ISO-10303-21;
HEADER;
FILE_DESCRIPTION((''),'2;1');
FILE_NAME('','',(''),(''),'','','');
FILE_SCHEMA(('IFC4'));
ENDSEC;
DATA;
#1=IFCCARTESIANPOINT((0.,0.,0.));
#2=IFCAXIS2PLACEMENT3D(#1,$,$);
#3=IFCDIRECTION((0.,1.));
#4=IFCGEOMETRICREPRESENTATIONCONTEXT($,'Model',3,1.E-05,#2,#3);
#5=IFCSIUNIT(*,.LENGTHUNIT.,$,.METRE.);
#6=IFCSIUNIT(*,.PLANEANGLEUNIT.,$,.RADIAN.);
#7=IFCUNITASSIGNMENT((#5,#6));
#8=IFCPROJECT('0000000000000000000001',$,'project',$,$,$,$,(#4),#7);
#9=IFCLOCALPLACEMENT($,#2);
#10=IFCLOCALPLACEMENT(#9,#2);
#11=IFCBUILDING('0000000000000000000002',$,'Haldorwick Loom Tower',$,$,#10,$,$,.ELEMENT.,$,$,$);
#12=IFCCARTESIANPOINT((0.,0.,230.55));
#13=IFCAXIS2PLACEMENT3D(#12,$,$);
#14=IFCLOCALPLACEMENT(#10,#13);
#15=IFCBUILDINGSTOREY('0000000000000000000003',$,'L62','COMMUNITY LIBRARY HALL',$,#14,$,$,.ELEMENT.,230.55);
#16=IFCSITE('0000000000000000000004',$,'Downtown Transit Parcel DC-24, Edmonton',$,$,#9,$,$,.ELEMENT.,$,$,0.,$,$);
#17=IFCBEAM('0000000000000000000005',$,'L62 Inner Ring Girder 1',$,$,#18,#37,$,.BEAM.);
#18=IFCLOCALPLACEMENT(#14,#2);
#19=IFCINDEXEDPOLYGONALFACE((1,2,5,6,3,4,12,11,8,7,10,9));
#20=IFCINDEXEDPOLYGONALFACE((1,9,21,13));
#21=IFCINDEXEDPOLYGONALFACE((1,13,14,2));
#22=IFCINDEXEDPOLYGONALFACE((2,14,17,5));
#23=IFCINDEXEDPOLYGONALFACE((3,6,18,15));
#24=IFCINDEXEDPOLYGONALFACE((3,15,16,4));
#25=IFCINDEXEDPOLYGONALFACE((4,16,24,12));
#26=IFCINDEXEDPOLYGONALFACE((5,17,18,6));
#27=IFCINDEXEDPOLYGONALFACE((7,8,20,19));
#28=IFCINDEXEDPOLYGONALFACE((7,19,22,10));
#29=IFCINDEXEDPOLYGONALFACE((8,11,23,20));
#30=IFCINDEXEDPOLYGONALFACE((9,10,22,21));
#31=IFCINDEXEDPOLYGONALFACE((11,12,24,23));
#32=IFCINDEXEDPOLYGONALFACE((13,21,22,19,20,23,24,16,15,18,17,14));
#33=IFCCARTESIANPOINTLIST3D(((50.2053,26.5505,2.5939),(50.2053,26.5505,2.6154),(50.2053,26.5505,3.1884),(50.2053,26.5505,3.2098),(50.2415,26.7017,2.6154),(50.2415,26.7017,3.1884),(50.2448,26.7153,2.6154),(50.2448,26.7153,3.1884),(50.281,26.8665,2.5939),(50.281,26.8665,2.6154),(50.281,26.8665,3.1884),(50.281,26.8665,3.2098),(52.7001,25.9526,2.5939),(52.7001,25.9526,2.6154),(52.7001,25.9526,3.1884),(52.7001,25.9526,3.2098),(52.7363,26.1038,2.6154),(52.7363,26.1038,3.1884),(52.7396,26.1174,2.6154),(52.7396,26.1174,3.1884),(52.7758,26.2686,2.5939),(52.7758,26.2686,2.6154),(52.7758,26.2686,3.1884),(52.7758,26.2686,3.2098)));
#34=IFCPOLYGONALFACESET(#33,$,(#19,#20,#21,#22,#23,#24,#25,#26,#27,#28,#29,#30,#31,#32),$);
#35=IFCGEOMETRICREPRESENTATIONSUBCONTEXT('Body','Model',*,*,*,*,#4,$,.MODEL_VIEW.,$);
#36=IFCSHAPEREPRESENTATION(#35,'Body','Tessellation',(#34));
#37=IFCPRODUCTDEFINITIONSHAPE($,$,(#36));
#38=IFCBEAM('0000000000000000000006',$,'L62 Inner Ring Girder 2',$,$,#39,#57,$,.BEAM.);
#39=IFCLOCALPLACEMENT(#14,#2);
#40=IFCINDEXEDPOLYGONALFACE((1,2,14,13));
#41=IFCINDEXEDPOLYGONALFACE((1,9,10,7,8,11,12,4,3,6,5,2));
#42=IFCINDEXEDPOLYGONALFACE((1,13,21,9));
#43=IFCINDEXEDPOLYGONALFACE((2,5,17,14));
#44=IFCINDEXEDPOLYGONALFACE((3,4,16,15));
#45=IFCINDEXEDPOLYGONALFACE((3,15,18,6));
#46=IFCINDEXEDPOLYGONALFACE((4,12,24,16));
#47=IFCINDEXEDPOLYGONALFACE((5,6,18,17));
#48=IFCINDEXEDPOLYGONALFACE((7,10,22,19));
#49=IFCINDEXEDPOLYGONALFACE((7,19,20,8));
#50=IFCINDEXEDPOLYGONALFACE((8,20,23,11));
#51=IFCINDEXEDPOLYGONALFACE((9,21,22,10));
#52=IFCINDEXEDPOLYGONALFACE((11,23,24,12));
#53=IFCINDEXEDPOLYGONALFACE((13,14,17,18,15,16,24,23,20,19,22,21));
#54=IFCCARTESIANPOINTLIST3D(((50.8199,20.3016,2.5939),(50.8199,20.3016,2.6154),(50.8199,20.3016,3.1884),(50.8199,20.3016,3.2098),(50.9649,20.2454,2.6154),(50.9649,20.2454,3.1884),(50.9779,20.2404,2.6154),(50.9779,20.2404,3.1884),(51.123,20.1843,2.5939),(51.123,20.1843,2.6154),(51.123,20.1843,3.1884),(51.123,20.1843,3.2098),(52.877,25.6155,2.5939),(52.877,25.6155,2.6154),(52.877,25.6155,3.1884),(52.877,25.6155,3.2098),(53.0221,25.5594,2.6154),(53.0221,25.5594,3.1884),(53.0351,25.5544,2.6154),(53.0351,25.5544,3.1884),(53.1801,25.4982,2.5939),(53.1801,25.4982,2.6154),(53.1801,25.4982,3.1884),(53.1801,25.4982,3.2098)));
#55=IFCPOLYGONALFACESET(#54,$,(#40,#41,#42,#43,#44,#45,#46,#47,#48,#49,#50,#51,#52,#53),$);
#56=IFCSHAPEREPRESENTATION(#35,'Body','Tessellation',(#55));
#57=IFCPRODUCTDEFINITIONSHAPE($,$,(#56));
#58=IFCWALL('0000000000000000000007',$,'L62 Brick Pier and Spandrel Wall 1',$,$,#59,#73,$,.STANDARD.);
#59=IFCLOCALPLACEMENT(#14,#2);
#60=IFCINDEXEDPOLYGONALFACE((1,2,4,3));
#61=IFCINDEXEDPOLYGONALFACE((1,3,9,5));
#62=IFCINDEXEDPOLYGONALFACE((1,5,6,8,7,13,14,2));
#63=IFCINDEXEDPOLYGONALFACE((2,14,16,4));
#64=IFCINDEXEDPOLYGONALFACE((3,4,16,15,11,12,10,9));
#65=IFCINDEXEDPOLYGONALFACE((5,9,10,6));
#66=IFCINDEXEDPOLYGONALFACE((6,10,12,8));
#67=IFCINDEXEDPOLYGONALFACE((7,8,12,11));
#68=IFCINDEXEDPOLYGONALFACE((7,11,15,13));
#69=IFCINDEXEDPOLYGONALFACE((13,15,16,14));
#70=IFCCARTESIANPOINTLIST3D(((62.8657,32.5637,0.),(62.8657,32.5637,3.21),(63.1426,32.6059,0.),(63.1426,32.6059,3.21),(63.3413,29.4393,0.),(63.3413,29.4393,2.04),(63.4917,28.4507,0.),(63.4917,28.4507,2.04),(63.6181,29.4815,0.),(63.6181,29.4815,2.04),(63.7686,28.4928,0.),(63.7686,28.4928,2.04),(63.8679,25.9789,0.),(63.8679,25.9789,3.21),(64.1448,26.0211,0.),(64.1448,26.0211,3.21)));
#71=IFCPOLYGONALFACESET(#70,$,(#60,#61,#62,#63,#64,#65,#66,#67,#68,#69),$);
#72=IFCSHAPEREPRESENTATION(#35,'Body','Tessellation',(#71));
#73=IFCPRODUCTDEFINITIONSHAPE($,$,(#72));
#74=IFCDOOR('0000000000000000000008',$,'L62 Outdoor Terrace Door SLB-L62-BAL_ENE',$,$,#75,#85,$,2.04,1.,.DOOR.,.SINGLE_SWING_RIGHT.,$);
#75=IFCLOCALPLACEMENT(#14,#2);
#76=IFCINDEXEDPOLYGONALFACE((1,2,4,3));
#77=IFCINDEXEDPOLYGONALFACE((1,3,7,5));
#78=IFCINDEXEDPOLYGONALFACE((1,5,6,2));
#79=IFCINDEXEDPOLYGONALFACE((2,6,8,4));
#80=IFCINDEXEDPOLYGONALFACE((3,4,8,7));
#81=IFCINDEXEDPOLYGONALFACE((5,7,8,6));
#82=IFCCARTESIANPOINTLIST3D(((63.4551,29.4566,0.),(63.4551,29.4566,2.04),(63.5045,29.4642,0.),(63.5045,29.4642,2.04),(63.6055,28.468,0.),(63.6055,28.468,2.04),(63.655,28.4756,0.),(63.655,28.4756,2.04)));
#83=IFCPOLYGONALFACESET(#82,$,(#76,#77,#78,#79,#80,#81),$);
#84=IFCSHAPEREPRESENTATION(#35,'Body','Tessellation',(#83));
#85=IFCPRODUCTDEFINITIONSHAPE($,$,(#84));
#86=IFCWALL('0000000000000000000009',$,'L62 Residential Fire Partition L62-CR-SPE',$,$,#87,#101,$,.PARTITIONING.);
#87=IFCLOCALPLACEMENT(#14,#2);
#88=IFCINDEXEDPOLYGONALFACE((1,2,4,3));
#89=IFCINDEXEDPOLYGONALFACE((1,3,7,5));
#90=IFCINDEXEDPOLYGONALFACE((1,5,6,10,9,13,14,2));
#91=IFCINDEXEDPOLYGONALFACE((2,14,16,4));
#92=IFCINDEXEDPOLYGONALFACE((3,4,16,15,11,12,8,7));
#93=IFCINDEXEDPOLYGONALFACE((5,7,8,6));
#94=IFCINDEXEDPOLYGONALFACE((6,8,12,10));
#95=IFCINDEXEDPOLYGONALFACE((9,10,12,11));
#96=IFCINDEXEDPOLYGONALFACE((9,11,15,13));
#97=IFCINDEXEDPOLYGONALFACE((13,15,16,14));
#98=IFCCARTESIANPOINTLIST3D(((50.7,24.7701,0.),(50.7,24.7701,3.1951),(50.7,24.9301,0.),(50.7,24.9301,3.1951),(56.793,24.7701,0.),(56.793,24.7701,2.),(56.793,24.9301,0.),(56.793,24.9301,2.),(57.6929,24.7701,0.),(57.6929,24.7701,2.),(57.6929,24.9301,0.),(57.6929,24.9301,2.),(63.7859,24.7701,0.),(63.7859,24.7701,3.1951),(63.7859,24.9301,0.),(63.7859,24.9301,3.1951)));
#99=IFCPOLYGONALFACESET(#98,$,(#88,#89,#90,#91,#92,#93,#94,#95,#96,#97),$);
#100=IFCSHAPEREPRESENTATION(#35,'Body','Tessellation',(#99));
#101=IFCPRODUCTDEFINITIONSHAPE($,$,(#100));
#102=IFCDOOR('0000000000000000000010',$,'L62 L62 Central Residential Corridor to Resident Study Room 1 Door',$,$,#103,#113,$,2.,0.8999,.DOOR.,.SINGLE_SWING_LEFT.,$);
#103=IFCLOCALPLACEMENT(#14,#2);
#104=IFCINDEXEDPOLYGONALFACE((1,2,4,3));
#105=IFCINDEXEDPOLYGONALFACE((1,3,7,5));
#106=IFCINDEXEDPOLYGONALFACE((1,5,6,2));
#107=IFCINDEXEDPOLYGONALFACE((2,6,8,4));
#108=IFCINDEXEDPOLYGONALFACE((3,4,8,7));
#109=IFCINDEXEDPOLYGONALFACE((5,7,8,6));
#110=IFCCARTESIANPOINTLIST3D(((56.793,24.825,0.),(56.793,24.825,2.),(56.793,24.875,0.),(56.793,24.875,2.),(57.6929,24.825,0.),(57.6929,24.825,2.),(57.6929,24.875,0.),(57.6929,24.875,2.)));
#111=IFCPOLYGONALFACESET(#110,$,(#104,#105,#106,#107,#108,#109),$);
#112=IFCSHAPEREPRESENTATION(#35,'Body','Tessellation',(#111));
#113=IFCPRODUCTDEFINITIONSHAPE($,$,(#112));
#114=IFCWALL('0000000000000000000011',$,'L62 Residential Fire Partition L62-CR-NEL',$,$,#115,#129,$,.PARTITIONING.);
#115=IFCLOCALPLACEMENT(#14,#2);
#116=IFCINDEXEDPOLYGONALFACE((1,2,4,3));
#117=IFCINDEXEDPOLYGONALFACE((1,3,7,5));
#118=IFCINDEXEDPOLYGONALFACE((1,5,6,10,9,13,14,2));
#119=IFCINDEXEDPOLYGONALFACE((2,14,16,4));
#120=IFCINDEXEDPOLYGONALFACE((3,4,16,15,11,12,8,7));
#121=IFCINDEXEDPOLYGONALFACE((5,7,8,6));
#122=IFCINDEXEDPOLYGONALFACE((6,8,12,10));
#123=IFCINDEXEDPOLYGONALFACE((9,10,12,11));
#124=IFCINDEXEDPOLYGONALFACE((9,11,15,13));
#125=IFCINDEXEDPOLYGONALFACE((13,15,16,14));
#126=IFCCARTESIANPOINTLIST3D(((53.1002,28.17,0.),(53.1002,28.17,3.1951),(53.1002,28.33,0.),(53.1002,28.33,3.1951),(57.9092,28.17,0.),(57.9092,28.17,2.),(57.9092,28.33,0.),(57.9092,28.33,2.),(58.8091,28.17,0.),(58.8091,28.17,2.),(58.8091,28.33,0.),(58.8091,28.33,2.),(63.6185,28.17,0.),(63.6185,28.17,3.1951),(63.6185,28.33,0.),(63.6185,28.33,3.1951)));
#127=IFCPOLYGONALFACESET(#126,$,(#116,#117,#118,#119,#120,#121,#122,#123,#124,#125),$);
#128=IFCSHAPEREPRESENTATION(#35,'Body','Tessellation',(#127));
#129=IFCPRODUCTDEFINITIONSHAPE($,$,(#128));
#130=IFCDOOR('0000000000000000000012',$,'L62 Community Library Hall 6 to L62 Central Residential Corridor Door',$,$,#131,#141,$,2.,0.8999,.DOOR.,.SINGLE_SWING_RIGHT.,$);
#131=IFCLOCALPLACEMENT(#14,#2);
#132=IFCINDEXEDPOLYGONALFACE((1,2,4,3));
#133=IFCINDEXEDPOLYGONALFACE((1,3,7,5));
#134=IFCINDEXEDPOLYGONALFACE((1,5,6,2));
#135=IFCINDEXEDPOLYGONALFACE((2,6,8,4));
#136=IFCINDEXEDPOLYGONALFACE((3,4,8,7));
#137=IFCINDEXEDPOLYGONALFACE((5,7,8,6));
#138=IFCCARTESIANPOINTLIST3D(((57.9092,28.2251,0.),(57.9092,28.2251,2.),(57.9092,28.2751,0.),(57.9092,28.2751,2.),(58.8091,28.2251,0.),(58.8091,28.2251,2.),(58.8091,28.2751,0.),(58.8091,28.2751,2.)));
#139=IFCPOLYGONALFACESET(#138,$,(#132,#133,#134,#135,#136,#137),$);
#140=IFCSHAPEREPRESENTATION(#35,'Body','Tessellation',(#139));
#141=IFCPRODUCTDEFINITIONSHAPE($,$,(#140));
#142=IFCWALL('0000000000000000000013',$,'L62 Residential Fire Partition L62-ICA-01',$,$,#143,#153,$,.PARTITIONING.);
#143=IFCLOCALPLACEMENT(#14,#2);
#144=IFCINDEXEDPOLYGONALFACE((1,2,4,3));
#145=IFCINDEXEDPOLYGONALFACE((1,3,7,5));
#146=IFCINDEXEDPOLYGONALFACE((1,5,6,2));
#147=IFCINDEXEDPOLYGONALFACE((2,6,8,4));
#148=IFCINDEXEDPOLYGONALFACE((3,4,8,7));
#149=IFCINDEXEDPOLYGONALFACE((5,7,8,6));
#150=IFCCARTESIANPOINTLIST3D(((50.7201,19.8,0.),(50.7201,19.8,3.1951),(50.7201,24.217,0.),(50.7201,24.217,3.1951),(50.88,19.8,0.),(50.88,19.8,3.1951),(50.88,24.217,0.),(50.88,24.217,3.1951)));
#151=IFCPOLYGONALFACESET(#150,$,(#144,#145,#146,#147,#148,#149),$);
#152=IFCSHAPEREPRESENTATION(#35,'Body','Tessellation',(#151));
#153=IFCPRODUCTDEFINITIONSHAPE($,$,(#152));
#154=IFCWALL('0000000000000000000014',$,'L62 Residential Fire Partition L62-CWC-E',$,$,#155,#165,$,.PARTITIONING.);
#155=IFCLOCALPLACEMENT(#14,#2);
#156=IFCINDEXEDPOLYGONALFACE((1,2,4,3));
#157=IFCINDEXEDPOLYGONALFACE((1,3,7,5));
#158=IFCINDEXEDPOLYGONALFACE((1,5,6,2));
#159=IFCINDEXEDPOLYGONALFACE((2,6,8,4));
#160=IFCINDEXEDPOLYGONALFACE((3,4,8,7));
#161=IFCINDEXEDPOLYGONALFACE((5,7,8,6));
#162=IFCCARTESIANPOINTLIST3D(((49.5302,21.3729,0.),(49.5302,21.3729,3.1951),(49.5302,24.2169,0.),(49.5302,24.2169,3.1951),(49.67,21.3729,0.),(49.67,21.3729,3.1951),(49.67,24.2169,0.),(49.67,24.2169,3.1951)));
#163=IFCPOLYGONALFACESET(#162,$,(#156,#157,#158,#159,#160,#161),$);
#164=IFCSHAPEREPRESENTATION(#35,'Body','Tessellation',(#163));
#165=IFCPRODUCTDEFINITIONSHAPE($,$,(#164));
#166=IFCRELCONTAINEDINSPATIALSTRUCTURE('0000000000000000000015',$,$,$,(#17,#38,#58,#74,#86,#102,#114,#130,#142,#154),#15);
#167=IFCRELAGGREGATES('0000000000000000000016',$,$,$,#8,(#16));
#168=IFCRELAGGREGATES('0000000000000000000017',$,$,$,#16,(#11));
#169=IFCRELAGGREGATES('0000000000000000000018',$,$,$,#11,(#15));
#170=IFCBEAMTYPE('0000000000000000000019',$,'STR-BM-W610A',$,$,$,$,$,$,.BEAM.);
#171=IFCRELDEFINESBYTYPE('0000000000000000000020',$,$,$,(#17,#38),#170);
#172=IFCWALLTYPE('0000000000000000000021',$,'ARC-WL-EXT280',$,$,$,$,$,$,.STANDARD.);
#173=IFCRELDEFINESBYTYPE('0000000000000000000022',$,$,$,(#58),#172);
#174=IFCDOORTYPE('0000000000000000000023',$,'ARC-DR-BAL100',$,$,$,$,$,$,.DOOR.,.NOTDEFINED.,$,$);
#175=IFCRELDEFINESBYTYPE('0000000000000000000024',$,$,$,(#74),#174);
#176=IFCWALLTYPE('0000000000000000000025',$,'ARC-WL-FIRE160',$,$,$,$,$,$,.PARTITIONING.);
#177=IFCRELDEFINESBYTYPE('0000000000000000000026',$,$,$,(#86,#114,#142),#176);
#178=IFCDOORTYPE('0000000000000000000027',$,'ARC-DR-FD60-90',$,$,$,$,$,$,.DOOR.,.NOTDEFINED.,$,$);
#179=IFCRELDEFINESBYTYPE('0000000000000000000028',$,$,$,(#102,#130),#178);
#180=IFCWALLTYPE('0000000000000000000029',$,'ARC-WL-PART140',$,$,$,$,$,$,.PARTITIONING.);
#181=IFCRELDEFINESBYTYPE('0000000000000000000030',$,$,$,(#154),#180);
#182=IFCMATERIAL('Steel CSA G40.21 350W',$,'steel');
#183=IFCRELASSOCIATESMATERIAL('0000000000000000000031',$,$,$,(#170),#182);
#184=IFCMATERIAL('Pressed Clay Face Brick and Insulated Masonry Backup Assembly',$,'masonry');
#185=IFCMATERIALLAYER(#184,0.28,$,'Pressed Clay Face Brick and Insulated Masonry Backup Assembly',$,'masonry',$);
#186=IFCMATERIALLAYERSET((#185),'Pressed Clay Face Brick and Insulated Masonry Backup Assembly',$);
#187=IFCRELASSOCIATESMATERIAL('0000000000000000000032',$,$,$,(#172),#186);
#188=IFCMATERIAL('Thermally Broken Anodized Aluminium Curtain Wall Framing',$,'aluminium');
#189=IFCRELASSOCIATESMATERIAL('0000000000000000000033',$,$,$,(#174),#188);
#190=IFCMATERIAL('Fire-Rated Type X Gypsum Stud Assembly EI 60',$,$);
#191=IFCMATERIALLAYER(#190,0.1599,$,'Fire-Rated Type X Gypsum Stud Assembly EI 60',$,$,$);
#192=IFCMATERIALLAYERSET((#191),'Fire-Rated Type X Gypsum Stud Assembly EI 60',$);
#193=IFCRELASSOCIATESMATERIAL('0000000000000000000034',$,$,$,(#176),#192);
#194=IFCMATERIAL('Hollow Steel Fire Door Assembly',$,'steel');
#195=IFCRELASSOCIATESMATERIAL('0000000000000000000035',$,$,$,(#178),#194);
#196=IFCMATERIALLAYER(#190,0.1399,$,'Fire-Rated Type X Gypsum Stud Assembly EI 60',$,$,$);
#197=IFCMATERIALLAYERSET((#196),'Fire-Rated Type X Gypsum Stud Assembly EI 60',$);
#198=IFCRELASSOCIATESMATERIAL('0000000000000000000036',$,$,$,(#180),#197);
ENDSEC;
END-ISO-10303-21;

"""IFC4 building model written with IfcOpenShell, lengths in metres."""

from ifc_helpers import new_model, si_unit, direction, frame, frame_2d, origin, origin_2d, place, context, subcontext, project, spatial, rectangle, i_section, extrude, material, layer, layer_set, material_profile, profile_set, type_object, element, fill, save


model = new_model("IFC4")

# Units and contexts
model_context = context("Model", 3, precision=1e-05, world=origin(), true_north=direction((0.0, 1.0)))
body_context = subcontext(model_context, "Body", "Model", "MODEL_VIEW")
ifc_project = project(units=[si_unit("LENGTHUNIT", "METRE"), si_unit("PLANEANGLEUNIT", "RADIAN")], contexts=[model_context])

# Site, building, storey
site_placement = place(None, origin())
site = spatial("IfcSite", under=ifc_project, at=site_placement, Name="Downtown Transit Parcel DC-24, Edmonton", CompositionType="ELEMENT", RefElevation=0.0)
building_placement = place(site_placement, origin())
building = spatial("IfcBuilding", under=site, at=building_placement, Name="Haldorwick Loom Tower", CompositionType="ELEMENT")
storey_placement = place(building_placement, frame((0.0, 0.0, 230.55)))
storey = spatial("IfcBuildingStorey", under=building, at=storey_placement, Name="L62", Description="COMMUNITY LIBRARY HALL", CompositionType="ELEMENT", Elevation=230.55)

# Shared definitions
ifc_material_1 = material(Name="Steel CSA G40.21 350W", Category="steel")

# Beams
ifc_material_profile_1 = material_profile(ifc_material_1, i_section(OverallWidth=0.325, OverallDepth=0.616, WebThickness=0.0139, FlangeThickness=0.0215, at=origin_2d()), Name="W610X174", Category="steel")
ifc_profile_set_1 = profile_set([ifc_material_profile_1], Name="Steel CSA G40.21 350W")
beam_type_1 = type_object("IfcBeamType", Name="STR-BM-W610A", PredefinedType="BEAM", material=ifc_profile_set_1)
beam_1_placement = place(storey_placement, frame((50.2432, 26.7085, 2.9019), z_axis=(0.972464, -0.233053, 0.0), x_axis=(0.233053, 0.972464, 0.0)))
element("IfcBeam", 1, at=beam_1_placement, inside=storey, type_object=beam_type_1, Name="L62 Inner Ring Girder 1", PredefinedType="BEAM", context=body_context, shape_type="SweptSolid", body=[
    extrude(i_section(OverallWidth=0.325, OverallDepth=0.616, WebThickness=0.0139, FlangeThickness=0.0215, at=origin_2d()), origin(), (0.0, 0.0, 1.0), 2.5654),
])
beam_2_placement = place(storey_placement, frame((53.0286, 25.5569, 2.9019), z_axis=(-0.361011, -0.932562, 0.0), x_axis=(0.932562, -0.361011, 0.0)))
element("IfcBeam", 2, at=beam_2_placement, inside=storey, type_object=beam_type_1, Name="L62 Inner Ring Girder 2", PredefinedType="BEAM", context=body_context, shape_type="SweptSolid", body=[
    extrude(i_section(OverallWidth=0.325, OverallDepth=0.616, WebThickness=0.0139, FlangeThickness=0.0215, at=origin_2d()), origin(), (0.0, 0.0, 1.0), 5.6982),
])

# Walls, openings, doors
ifc_material_2 = material(Name="Pressed Clay Face Brick and Insulated Masonry Backup Assembly", Category="masonry")
ifc_layer_1 = layer(ifc_material_2, 0.28, Name="Pressed Clay Face Brick and Insulated Masonry Backup Assembly", Category="masonry")
ifc_layer_set_1 = layer_set([ifc_layer_1], Name="Pressed Clay Face Brick and Insulated Masonry Backup Assembly")
wall_type_1 = type_object("IfcWallType", Name="ARC-WL-EXT280", PredefinedType="STANDARD", material=ifc_layer_set_1)
wall_1_placement = place(storey_placement, frame((64.0063, 26.0, 0.0), z_axis=(0.0, 0.0, 1.0), x_axis=(-0.150468, 0.988615, 0.0)))
wall_1 = element("IfcWall", 3, at=wall_1_placement, inside=storey, type_object=wall_type_1, Name="L62 Brick Pier and Spandrel Wall 1", PredefinedType="STANDARD", context=body_context, shape_type="SweptSolid", body=[
    extrude(rectangle(XDim=6.6606, YDim=0.28, at=frame_2d((3.3303, 0.0))), origin(), (0.0, 0.0, 1.0), 3.21),
])
opening_1_placement = place(wall_1_placement, frame((2.5002, 0.0, 0.0)))
opening_1 = element("IfcOpeningElement", 4, at=opening_1_placement, cuts=wall_1, PredefinedType="OPENING", context=body_context, shape_type="SweptSolid", body=[
    extrude(rectangle(XDim=1.0, YDim=2.04, at=frame_2d((0.5, 1.02))), frame((0.0, 0.1499, 0.0), z_axis=(0.0, -1.0, 0.0), x_axis=(1.0, 0.0, 0.0)), (0.0, 0.0, 1.0), 0.3),
])
ifc_material_3 = material(Name="Thermally Broken Anodized Aluminium Curtain Wall Framing", Category="aluminium")
door_type_1 = type_object("IfcDoorType", Name="ARC-DR-BAL100", OperationType="NOTDEFINED", PredefinedType="DOOR", material=ifc_material_3)
door_1_placement = place(opening_1_placement, origin())
door_1 = element("IfcDoor", 5, at=door_1_placement, inside=storey, type_object=door_type_1, Name="L62 Outdoor Terrace Door SLB-L62-BAL_ENE", OperationType="SINGLE_SWING_RIGHT", OverallHeight=2.04, OverallWidth=1.0, PredefinedType="DOOR", context=body_context, shape_type="SweptSolid", body=[
    extrude(rectangle(XDim=1.0, YDim=2.04, at=frame_2d((0.5, 1.02))), frame((0.0, 0.0249, 0.0), z_axis=(0.0, -1.0, 0.0), x_axis=(1.0, 0.0, 0.0)), (0.0, 0.0, 1.0), 0.05),
])
fill(opening_1, door_1)
ifc_material_4 = material(Name="Fire-Rated Type X Gypsum Stud Assembly EI 60")
ifc_layer_2 = layer(ifc_material_4, 0.1599, Name="Fire-Rated Type X Gypsum Stud Assembly EI 60")
ifc_layer_set_2 = layer_set([ifc_layer_2], Name="Fire-Rated Type X Gypsum Stud Assembly EI 60")
wall_type_2 = type_object("IfcWallType", Name="ARC-WL-FIRE160", PredefinedType="PARTITIONING", material=ifc_layer_set_2)
wall_2_placement = place(storey_placement, frame((50.7, 24.8501, 0.0), z_axis=(0.0, 0.0, 1.0), x_axis=(1.0, 0.0, 0.0)))
wall_2 = element("IfcWall", 6, at=wall_2_placement, inside=storey, type_object=wall_type_2, Name="L62 Residential Fire Partition L62-CR-SPE", PredefinedType="PARTITIONING", context=body_context, shape_type="SweptSolid", body=[
    extrude(rectangle(XDim=13.0859, YDim=0.1599, at=frame_2d((6.543, 0.0))), origin(), (0.0, 0.0, 1.0), 3.1951),
])
opening_2_placement = place(wall_2_placement, frame((6.093, 0.0, 0.0)))
opening_2 = element("IfcOpeningElement", 7, at=opening_2_placement, cuts=wall_2, PredefinedType="OPENING", context=body_context, shape_type="SweptSolid", body=[
    extrude(rectangle(XDim=0.8999, YDim=2.0, at=frame_2d((0.45, 1.0))), frame((0.0, 0.0898, 0.0), z_axis=(0.0, -1.0, 0.0), x_axis=(1.0, 0.0, 0.0)), (0.0, 0.0, 1.0), 0.1799),
])
ifc_material_5 = material(Name="Hollow Steel Fire Door Assembly", Category="steel")
door_type_2 = type_object("IfcDoorType", Name="ARC-DR-FD60-90", OperationType="NOTDEFINED", PredefinedType="DOOR", material=ifc_material_5)
door_2_placement = place(opening_2_placement, origin())
door_2 = element("IfcDoor", 8, at=door_2_placement, inside=storey, type_object=door_type_2, Name="L62 L62 Central Residential Corridor to Resident Study Room 1 Door", OperationType="SINGLE_SWING_LEFT", OverallHeight=2.0, OverallWidth=0.8999, PredefinedType="DOOR", context=body_context, shape_type="SweptSolid", body=[
    extrude(rectangle(XDim=0.8999, YDim=2.0, at=frame_2d((0.45, 1.0))), frame((0.0, 0.0249, 0.0), z_axis=(0.0, -1.0, 0.0), x_axis=(1.0, 0.0, 0.0)), (0.0, 0.0, 1.0), 0.05),
])
fill(opening_2, door_2)
wall_3_placement = place(storey_placement, frame((53.1001, 28.25, 0.0), z_axis=(0.0, 0.0, 1.0), x_axis=(1.0, 0.0, 0.0)))
wall_3 = element("IfcWall", 9, at=wall_3_placement, inside=storey, type_object=wall_type_2, Name="L62 Residential Fire Partition L62-CR-NEL", PredefinedType="PARTITIONING", context=body_context, shape_type="SweptSolid", body=[
    extrude(rectangle(XDim=10.5183, YDim=0.1599, at=frame_2d((5.2593, 0.0))), origin(), (0.0, 0.0, 1.0), 3.1951),
])
opening_3_placement = place(wall_3_placement, frame((4.8091, 0.0, 0.0)))
opening_3 = element("IfcOpeningElement", 10, at=opening_3_placement, cuts=wall_3, PredefinedType="OPENING", context=body_context, shape_type="SweptSolid", body=[
    extrude(rectangle(XDim=0.8999, YDim=2.0, at=frame_2d((0.45, 1.0))), frame((0.0, 0.0898, 0.0), z_axis=(0.0, -1.0, 0.0), x_axis=(1.0, 0.0, 0.0)), (0.0, 0.0, 1.0), 0.1799),
])
door_3_placement = place(opening_3_placement, frame((0.8999, 0.0, 0.0), z_axis=(0.0, 0.0, 1.0), x_axis=(-1.0, 0.0, 0.0)))
door_3 = element("IfcDoor", 11, at=door_3_placement, inside=storey, type_object=door_type_2, Name="L62 Community Library Hall 6 to L62 Central Residential Corridor Door", OperationType="SINGLE_SWING_RIGHT", OverallHeight=2.0, OverallWidth=0.8999, PredefinedType="DOOR", context=body_context, shape_type="SweptSolid", body=[
    extrude(rectangle(XDim=0.8999, YDim=2.0, at=frame_2d((0.45, 1.0))), frame((0.0, 0.0249, 0.0), z_axis=(0.0, -1.0, 0.0), x_axis=(1.0, 0.0, 0.0)), (0.0, 0.0, 1.0), 0.05),
])
fill(opening_3, door_3)

# Walls
wall_4_placement = place(storey_placement, frame((50.8, 24.217, 0.0), z_axis=(0.0, 0.0, 1.0), x_axis=(0.0, -1.0, 0.0)))
element("IfcWall", 12, at=wall_4_placement, inside=storey, type_object=wall_type_2, Name="L62 Residential Fire Partition L62-ICA-01", PredefinedType="PARTITIONING", context=body_context, shape_type="SweptSolid", body=[
    extrude(rectangle(XDim=4.417, YDim=0.1599, at=frame_2d((2.2085, 0.0))), origin(), (0.0, 0.0, 1.0), 3.1951),
])
ifc_layer_3 = layer(ifc_material_4, 0.1399, Name="Fire-Rated Type X Gypsum Stud Assembly EI 60")
ifc_layer_set_3 = layer_set([ifc_layer_3], Name="Fire-Rated Type X Gypsum Stud Assembly EI 60")
wall_type_3 = type_object("IfcWallType", Name="ARC-WL-PART140", PredefinedType="PARTITIONING", material=ifc_layer_set_3)
wall_5_placement = place(storey_placement, frame((49.6001, 21.373, 0.0), z_axis=(0.0, 0.0, 1.0), x_axis=(0.0, 1.0, 0.0)))
element("IfcWall", 13, at=wall_5_placement, inside=storey, type_object=wall_type_3, Name="L62 Residential Fire Partition L62-CWC-E", PredefinedType="PARTITIONING", context=body_context, shape_type="SweptSolid", body=[
    extrude(rectangle(XDim=2.844, YDim=0.1399, at=frame_2d((1.4219, 0.0))), origin(), (0.0, 0.0, 1.0), 3.1951),
])

save(model, "model.ifc")
